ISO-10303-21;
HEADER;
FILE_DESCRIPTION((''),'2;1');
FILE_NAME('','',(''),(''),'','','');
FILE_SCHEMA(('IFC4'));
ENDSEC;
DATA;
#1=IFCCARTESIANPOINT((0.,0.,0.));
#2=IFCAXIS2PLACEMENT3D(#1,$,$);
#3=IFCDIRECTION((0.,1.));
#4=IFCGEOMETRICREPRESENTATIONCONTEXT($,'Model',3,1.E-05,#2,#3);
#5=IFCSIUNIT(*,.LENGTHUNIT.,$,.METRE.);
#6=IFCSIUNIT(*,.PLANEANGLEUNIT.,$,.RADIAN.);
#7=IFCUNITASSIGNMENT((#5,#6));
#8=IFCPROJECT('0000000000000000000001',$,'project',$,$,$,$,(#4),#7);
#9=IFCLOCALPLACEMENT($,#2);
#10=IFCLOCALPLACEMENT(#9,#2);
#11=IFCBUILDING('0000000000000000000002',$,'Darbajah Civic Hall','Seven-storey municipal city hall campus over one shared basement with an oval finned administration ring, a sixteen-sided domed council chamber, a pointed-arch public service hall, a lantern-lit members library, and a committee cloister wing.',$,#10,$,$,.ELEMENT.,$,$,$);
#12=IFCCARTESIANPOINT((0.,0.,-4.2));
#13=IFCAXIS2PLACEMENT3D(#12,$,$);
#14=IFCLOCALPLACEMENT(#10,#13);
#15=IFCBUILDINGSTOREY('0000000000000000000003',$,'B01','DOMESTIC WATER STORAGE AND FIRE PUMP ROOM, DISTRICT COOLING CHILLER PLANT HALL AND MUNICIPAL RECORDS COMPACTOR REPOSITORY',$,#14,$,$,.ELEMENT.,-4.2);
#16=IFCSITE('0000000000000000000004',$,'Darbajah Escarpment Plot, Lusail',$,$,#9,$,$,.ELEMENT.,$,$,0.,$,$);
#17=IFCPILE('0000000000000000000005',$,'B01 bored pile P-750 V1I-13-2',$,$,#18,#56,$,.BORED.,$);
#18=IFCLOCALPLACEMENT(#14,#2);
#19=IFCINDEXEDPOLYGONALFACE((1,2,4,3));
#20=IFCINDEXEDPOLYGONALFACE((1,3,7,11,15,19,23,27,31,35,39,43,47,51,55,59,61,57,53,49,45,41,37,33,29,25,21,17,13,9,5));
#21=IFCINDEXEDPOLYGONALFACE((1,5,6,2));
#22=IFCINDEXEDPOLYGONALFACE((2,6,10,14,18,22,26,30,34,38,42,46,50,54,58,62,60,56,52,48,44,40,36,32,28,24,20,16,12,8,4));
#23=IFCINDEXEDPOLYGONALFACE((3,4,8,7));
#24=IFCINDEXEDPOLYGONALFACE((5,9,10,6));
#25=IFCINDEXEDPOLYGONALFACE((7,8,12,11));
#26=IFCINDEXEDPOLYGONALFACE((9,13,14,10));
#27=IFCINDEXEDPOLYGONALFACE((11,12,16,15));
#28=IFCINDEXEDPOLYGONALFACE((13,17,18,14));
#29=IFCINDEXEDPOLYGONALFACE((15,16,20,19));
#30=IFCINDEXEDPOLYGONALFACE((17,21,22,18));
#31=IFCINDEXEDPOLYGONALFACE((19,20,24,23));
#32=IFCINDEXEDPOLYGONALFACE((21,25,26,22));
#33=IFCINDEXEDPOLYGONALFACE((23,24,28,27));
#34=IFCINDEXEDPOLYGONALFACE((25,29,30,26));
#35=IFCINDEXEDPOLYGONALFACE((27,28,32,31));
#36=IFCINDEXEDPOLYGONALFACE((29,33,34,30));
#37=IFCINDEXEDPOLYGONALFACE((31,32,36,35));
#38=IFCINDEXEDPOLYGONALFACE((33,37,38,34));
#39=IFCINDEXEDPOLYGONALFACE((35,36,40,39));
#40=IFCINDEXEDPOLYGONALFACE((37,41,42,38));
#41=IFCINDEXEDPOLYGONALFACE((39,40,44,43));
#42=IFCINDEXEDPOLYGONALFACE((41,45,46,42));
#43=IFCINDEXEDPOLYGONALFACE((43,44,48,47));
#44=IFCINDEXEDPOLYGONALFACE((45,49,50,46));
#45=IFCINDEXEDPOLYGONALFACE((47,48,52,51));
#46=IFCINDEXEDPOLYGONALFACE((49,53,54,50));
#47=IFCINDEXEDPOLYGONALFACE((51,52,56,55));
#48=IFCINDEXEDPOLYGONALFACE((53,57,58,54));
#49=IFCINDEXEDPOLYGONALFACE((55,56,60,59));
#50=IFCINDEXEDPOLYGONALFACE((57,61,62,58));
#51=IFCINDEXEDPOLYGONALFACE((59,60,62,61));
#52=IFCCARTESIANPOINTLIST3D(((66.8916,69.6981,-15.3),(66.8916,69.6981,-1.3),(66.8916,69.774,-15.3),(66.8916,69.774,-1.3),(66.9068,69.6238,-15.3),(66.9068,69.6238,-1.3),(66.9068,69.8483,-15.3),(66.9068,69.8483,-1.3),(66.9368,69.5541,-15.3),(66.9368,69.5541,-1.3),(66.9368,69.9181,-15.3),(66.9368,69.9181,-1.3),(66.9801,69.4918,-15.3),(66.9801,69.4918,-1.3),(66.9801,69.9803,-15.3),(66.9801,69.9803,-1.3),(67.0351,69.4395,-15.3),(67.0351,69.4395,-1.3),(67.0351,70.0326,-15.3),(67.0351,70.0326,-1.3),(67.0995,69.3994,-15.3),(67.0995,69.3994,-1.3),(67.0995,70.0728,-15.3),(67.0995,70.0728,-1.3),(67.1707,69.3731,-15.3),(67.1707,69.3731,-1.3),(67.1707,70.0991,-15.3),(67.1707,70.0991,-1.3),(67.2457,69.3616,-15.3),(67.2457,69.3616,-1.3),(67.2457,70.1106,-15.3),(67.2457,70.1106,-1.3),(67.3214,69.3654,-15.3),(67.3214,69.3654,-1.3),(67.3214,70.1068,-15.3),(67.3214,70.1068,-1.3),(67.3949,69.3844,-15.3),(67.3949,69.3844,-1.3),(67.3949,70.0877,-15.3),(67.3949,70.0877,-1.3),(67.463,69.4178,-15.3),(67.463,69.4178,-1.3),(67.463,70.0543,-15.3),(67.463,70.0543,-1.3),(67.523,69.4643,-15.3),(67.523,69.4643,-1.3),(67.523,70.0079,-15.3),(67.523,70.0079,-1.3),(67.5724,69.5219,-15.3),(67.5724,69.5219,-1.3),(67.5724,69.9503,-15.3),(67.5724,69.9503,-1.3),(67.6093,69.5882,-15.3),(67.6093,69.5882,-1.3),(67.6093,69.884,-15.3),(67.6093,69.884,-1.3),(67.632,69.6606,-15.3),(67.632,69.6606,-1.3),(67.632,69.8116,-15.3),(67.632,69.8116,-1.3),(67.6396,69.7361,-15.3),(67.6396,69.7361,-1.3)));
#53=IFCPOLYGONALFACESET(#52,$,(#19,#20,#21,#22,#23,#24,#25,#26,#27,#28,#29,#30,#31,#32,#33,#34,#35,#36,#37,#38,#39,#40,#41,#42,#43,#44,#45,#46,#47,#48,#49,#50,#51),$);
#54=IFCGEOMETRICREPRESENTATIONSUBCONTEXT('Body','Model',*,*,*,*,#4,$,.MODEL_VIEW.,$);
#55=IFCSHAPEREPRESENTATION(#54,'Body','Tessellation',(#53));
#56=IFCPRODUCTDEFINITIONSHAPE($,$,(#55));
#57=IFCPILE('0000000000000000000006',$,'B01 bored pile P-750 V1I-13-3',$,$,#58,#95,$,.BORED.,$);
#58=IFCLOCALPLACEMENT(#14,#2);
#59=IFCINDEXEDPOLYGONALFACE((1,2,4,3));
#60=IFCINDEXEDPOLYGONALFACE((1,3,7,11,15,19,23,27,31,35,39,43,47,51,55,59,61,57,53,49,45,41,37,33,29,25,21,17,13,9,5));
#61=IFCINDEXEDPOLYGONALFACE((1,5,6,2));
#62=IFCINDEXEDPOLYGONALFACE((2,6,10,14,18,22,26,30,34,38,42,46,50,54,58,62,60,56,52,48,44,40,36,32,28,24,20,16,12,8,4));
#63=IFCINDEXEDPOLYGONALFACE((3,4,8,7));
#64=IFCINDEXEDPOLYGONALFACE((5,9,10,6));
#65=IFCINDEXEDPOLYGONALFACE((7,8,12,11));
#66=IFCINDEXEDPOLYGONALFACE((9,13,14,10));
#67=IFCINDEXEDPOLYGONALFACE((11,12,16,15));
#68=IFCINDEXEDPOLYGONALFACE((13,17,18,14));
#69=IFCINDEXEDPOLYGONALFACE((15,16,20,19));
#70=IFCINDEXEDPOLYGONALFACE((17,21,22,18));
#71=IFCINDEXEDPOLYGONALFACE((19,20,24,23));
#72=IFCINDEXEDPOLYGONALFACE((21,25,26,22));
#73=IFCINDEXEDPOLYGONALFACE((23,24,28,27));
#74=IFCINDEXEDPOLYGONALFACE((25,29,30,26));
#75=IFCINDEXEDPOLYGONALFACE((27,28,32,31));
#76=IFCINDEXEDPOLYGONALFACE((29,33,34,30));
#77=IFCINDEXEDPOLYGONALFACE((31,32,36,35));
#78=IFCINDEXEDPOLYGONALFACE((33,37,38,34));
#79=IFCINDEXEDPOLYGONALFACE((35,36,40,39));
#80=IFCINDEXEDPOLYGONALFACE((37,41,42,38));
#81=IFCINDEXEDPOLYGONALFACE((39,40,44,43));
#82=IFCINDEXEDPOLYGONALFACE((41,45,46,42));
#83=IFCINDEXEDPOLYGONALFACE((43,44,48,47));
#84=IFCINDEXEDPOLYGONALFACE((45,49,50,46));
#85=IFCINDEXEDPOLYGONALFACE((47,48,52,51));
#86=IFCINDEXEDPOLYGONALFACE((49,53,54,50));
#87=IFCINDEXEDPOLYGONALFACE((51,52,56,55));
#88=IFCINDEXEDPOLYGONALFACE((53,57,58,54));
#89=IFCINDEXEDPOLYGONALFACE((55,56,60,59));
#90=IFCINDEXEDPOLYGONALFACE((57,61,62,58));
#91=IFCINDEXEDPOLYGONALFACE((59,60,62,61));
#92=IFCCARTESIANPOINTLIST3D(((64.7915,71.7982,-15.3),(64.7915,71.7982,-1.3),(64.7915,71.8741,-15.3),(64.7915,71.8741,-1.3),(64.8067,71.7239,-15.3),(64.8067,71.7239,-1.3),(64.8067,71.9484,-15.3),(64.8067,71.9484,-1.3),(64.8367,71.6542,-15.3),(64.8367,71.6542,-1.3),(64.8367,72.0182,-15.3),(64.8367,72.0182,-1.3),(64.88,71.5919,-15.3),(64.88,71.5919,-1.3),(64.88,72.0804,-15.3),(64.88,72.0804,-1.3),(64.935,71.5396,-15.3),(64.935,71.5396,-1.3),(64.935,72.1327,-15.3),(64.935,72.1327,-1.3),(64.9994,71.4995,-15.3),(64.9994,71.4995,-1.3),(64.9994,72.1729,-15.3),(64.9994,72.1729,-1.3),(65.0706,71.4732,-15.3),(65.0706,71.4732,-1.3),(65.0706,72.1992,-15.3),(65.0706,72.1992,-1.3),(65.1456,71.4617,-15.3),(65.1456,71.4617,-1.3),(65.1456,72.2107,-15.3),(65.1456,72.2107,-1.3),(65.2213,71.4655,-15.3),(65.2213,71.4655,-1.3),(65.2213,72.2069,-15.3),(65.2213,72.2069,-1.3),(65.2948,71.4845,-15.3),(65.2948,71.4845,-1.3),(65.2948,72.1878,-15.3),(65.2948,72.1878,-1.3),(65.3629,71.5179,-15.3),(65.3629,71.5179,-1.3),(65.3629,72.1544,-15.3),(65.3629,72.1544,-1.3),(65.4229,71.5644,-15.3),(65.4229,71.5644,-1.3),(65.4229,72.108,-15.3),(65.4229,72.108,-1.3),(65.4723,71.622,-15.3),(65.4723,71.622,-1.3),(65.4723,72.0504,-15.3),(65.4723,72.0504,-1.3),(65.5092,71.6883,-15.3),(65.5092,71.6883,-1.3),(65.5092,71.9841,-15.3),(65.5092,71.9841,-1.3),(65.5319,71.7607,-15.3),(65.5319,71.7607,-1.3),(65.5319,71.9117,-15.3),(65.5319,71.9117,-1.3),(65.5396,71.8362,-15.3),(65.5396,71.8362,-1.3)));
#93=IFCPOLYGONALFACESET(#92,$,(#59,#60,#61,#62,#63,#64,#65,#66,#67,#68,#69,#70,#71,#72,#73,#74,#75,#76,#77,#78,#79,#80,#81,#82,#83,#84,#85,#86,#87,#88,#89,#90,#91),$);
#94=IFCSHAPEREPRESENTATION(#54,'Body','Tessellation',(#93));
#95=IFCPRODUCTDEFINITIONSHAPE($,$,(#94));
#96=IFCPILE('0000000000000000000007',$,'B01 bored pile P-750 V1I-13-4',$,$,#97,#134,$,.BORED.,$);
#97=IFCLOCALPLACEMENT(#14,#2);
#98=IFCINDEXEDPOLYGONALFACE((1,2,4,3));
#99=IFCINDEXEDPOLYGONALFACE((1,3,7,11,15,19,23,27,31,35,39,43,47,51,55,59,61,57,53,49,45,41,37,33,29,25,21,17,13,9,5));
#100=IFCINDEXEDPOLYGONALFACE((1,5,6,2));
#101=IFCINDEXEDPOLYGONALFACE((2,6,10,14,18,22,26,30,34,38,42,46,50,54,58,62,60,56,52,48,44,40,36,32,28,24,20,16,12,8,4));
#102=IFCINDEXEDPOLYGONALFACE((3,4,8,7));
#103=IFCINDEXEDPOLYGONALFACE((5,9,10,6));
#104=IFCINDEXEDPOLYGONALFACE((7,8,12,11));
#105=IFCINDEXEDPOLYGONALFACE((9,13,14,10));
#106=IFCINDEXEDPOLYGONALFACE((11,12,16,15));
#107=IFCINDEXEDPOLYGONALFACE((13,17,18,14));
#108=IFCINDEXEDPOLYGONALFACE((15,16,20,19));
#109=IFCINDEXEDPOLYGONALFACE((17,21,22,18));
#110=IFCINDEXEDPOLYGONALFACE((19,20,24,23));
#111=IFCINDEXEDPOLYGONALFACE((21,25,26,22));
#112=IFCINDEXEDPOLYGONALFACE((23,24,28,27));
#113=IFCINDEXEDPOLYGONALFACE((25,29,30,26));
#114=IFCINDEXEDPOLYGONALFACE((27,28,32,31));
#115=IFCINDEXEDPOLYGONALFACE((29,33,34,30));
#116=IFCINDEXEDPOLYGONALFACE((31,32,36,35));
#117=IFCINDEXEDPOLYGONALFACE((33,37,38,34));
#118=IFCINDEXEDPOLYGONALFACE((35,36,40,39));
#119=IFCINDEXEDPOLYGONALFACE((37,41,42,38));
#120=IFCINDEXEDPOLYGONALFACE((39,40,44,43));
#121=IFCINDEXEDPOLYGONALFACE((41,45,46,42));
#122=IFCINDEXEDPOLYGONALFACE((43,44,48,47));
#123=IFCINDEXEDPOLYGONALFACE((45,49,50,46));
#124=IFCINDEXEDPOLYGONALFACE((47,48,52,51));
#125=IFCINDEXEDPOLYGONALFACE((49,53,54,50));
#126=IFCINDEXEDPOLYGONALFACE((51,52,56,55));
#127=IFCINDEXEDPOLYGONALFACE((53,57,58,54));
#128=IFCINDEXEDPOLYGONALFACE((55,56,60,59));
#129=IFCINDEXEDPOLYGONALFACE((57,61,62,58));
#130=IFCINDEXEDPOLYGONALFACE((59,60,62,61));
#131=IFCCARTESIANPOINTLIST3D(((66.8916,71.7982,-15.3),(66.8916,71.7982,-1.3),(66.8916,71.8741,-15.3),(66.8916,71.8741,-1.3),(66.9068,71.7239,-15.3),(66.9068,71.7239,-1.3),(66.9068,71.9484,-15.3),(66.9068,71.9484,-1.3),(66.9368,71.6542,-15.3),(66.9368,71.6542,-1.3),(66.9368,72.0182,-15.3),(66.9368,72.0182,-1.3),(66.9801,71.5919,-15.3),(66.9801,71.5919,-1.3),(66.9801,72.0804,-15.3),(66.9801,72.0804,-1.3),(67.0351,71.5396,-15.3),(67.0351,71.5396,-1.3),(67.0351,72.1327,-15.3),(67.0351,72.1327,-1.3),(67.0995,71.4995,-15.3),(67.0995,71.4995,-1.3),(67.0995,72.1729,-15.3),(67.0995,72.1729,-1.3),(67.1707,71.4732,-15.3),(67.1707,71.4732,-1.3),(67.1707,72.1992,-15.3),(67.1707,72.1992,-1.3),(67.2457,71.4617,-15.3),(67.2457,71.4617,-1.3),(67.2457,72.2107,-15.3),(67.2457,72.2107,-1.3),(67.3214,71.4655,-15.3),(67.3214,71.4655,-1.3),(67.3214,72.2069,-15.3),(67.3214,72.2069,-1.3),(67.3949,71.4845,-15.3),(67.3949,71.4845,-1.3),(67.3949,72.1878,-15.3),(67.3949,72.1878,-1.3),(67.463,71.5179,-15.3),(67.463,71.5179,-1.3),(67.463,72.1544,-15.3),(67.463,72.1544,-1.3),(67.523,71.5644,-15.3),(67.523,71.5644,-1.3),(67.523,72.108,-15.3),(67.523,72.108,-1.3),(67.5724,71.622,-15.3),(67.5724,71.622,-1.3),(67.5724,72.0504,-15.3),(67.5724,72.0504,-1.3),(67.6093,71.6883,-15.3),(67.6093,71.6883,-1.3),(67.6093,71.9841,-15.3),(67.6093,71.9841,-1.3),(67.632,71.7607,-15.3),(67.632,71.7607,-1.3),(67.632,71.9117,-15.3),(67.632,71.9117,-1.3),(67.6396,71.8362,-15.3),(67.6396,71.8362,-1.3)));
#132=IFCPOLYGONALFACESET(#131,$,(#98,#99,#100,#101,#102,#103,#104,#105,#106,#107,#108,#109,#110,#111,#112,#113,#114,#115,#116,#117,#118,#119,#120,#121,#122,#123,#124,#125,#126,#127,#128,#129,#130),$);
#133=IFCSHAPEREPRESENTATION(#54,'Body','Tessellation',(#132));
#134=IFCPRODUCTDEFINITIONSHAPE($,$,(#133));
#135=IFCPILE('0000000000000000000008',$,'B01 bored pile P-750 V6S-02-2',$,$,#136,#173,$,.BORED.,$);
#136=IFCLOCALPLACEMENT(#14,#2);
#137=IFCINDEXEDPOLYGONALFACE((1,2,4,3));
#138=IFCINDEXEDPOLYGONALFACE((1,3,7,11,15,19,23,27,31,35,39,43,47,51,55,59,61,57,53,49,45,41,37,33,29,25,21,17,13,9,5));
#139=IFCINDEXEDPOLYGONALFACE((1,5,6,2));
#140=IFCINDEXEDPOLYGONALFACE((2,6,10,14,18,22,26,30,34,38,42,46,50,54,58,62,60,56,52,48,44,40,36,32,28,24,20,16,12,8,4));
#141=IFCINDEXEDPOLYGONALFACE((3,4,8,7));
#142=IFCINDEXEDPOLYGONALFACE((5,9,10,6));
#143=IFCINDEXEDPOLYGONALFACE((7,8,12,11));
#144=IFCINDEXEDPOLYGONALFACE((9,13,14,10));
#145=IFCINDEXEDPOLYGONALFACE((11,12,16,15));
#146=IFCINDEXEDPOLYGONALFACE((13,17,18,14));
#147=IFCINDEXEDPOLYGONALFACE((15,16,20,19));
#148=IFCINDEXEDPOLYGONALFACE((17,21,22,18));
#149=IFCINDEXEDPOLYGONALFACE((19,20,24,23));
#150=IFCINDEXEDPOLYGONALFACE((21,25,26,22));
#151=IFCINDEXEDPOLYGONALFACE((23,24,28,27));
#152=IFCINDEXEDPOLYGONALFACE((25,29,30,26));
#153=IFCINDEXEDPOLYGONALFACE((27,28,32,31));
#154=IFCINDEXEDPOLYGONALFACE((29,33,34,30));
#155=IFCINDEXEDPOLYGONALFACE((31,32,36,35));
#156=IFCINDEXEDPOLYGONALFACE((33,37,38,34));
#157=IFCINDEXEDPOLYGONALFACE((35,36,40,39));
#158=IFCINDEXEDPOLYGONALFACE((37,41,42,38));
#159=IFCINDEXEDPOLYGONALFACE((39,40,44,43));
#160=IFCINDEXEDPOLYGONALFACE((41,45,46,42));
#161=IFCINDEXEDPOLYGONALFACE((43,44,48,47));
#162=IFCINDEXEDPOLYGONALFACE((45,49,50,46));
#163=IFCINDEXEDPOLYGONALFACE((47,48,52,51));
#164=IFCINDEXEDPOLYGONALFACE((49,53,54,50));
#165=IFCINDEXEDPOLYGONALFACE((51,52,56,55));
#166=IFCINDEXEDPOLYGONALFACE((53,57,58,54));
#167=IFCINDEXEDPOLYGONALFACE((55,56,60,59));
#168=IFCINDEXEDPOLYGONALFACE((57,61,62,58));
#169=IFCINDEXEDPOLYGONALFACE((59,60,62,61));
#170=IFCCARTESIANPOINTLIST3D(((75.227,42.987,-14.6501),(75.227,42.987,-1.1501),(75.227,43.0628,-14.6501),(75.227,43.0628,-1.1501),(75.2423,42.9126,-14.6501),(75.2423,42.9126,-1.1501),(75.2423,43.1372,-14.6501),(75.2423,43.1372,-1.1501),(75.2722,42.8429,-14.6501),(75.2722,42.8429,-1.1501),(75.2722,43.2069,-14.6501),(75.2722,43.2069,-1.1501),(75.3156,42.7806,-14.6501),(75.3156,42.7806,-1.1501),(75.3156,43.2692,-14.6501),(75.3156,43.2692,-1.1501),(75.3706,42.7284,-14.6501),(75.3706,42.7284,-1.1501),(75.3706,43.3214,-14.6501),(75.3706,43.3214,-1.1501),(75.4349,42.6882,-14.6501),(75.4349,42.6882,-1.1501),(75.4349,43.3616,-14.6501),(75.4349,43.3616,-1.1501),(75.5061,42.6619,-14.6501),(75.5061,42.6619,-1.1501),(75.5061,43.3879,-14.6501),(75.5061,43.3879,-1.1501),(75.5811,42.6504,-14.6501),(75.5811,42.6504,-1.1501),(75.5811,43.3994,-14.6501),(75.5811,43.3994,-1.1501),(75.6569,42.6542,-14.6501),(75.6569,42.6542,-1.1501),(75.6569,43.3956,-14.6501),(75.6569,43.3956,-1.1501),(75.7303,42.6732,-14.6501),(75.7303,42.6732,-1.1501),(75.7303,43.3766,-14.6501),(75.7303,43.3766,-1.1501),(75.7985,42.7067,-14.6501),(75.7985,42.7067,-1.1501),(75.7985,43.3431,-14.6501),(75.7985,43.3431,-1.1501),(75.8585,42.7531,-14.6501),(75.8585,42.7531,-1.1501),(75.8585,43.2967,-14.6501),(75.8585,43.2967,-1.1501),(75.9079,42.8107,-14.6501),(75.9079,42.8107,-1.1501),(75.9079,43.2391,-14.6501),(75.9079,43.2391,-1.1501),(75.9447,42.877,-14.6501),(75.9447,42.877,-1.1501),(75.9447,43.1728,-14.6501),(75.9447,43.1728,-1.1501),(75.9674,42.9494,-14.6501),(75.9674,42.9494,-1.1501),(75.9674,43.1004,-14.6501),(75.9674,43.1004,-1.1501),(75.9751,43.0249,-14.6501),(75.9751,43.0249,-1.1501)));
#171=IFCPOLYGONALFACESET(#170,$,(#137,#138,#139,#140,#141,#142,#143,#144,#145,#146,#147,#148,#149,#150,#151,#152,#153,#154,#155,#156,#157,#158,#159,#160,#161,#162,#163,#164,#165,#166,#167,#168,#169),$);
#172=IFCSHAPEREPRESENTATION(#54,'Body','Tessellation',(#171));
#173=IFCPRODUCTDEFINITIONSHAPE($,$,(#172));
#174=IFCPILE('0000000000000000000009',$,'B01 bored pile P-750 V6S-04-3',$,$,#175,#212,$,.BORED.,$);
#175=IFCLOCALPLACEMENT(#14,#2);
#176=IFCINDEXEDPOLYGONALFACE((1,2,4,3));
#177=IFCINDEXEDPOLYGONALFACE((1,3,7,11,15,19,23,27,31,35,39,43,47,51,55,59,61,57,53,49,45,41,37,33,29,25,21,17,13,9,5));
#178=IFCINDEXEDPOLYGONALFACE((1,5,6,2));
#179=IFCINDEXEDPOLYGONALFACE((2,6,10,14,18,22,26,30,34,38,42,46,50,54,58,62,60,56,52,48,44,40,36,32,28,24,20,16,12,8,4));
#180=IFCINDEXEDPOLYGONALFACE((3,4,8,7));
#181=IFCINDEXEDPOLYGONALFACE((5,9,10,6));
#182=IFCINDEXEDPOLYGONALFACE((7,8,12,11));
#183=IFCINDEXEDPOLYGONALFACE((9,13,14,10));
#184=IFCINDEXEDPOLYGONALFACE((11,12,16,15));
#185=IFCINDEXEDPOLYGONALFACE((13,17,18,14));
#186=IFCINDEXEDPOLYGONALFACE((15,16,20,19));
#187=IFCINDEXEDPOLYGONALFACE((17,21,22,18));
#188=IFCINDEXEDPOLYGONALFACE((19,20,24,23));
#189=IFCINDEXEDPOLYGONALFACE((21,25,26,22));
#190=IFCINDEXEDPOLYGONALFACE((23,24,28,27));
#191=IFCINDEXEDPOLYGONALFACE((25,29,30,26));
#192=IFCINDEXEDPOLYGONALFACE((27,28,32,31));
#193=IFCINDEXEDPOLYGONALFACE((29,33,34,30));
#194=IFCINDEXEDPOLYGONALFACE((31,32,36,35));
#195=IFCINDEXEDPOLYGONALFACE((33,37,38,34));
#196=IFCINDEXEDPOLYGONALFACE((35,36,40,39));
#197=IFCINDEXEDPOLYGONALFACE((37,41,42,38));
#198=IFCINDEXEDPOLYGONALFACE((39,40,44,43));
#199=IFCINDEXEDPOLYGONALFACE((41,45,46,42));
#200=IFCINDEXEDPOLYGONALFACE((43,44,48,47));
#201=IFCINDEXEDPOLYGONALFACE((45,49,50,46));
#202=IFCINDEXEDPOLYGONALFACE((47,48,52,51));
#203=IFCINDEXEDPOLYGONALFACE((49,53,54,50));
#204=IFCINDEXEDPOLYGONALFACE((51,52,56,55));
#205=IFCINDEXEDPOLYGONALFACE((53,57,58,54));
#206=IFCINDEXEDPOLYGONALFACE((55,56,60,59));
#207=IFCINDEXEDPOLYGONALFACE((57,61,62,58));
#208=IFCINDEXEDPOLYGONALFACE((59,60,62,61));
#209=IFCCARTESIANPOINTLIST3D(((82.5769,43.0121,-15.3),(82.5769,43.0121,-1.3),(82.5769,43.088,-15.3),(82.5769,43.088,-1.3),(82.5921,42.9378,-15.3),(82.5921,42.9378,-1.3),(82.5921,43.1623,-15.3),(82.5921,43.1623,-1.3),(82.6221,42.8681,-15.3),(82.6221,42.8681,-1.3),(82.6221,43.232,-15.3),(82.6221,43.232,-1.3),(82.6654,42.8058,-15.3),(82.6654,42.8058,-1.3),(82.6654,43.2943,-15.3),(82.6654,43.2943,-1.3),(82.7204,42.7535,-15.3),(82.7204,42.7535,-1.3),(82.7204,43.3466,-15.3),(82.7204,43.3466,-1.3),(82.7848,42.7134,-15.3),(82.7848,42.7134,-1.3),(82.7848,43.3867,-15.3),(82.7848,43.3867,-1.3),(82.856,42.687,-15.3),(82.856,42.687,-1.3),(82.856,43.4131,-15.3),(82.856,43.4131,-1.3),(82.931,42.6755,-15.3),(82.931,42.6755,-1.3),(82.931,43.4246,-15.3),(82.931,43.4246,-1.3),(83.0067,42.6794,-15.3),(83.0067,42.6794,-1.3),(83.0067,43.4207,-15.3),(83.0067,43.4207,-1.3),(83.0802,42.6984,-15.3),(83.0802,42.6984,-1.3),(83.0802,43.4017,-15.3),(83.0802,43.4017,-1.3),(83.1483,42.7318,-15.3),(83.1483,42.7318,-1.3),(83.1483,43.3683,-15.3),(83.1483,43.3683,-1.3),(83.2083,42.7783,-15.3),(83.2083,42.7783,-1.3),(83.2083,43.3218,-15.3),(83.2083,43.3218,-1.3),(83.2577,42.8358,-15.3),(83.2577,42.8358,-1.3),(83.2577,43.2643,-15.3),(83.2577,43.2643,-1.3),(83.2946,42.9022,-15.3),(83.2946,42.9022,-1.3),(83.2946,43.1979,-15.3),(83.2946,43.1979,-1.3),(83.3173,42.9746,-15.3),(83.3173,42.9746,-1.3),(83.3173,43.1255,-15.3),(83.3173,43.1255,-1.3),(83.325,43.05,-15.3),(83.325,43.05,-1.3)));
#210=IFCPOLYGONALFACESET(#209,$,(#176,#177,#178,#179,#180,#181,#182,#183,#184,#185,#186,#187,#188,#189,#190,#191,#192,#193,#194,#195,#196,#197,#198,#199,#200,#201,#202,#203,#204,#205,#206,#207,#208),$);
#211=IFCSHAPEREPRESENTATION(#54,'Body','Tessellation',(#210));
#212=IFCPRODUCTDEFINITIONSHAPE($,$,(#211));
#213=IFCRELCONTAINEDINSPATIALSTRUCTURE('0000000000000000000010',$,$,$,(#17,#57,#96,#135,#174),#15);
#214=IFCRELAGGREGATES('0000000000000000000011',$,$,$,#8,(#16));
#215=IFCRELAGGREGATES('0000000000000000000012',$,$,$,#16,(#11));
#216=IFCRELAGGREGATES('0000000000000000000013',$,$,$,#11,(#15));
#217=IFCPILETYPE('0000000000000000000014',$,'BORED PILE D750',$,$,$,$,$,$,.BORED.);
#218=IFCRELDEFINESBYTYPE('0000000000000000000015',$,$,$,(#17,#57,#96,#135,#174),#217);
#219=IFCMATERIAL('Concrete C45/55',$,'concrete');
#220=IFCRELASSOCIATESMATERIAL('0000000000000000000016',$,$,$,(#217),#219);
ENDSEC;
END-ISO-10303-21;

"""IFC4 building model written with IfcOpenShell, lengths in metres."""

from ifc_helpers import new_model, si_unit, direction, frame, origin, origin_2d, place, context, subcontext, project, spatial, circle, extrude, material, material_profile, profile_set, type_object, element, save


model = new_model("IFC4")

# Units and contexts
model_context = context("Model", 3, precision=1e-05, world=origin(), true_north=direction((0.0, 1.0)))
body_context = subcontext(model_context, "Body", "Model", "MODEL_VIEW")
ifc_project = project(units=[si_unit("LENGTHUNIT", "METRE"), si_unit("PLANEANGLEUNIT", "RADIAN")], contexts=[model_context])

# Site, building, storey
site_placement = place(None, origin())
site = spatial("IfcSite", under=ifc_project, at=site_placement, Name="Darbajah Escarpment Plot, Lusail", CompositionType="ELEMENT", RefElevation=0.0)
building_placement = place(site_placement, origin())
building = spatial("IfcBuilding", under=site, at=building_placement, Name="Darbajah Civic Hall", Description="Seven-storey municipal city hall campus over one shared basement with an oval finned administration ring, a sixteen-sided domed council chamber, a pointed-arch public service hall, a lantern-lit members library, and a committee cloister wing.", CompositionType="ELEMENT")
storey_placement = place(building_placement, frame((0.0, 0.0, -4.2)))
storey = spatial("IfcBuildingStorey", under=building, at=storey_placement, Name="B01", Description="DOMESTIC WATER STORAGE AND FIRE PUMP ROOM, DISTRICT COOLING CHILLER PLANT HALL AND MUNICIPAL RECORDS COMPACTOR REPOSITORY", CompositionType="ELEMENT", Elevation=-4.2)

# Piles
ifc_material_1 = material(Name="Concrete C45/55", Category="concrete")
ifc_material_profile_1 = material_profile(ifc_material_1, circle(Radius=0.375, at=origin_2d()), Name="BORED PILE D750")
ifc_profile_set_1 = profile_set([ifc_material_profile_1], Name="Concrete C45/55")
pile_type_1 = type_object("IfcPileType", Name="BORED PILE D750", PredefinedType="BORED", material=ifc_profile_set_1)
for number, where, z_axis, x_axis, name in (
    (1, (67.2646, 69.7361, -1.3), (0.0, 0.0, -1.0), (1.0, 0.0, 0.0), "B01 bored pile P-750 V1I-13-2"),
    (2, (65.1646, 71.8362, -1.3), (0.0, 0.0, -1.0), (1.0, 0.0, 0.0), "B01 bored pile P-750 V1I-13-3"),
    (3, (67.2646, 71.8362, -1.3), (0.0, 0.0, -1.0), (1.0, 0.0, 0.0), "B01 bored pile P-750 V1I-13-4"),
):
    element("IfcPile", number, at=place(storey_placement, frame(where, z_axis=z_axis, x_axis=x_axis)), inside=storey, type_object=pile_type_1, Name=name, PredefinedType="BORED", context=body_context, shape_type="SweptSolid", body=[
        extrude(circle(Radius=0.375, at=origin_2d()), origin(), (0.0, 0.0, 1.0), 14.0),
    ])
pile_1_placement = place(storey_placement, frame((75.6001, 43.0249, -1.1501), z_axis=(0.0, 0.0, -1.0), x_axis=(1.0, 0.0, 0.0)))
element("IfcPile", 4, at=pile_1_placement, inside=storey, type_object=pile_type_1, Name="B01 bored pile P-750 V6S-02-2", PredefinedType="BORED", context=body_context, shape_type="SweptSolid", body=[
    extrude(circle(Radius=0.375, at=origin_2d()), origin(), (0.0, 0.0, 1.0), 13.5),
])
pile_2_placement = place(storey_placement, frame((82.95, 43.05, -1.3), z_axis=(0.0, 0.0, -1.0), x_axis=(1.0, 0.0, 0.0)))
element("IfcPile", 5, at=pile_2_placement, inside=storey, type_object=pile_type_1, Name="B01 bored pile P-750 V6S-04-3", PredefinedType="BORED", context=body_context, shape_type="SweptSolid", body=[
    extrude(circle(Radius=0.375, at=origin_2d()), origin(), (0.0, 0.0, 1.0), 14.0),
])

save(model, "model.ifc")
